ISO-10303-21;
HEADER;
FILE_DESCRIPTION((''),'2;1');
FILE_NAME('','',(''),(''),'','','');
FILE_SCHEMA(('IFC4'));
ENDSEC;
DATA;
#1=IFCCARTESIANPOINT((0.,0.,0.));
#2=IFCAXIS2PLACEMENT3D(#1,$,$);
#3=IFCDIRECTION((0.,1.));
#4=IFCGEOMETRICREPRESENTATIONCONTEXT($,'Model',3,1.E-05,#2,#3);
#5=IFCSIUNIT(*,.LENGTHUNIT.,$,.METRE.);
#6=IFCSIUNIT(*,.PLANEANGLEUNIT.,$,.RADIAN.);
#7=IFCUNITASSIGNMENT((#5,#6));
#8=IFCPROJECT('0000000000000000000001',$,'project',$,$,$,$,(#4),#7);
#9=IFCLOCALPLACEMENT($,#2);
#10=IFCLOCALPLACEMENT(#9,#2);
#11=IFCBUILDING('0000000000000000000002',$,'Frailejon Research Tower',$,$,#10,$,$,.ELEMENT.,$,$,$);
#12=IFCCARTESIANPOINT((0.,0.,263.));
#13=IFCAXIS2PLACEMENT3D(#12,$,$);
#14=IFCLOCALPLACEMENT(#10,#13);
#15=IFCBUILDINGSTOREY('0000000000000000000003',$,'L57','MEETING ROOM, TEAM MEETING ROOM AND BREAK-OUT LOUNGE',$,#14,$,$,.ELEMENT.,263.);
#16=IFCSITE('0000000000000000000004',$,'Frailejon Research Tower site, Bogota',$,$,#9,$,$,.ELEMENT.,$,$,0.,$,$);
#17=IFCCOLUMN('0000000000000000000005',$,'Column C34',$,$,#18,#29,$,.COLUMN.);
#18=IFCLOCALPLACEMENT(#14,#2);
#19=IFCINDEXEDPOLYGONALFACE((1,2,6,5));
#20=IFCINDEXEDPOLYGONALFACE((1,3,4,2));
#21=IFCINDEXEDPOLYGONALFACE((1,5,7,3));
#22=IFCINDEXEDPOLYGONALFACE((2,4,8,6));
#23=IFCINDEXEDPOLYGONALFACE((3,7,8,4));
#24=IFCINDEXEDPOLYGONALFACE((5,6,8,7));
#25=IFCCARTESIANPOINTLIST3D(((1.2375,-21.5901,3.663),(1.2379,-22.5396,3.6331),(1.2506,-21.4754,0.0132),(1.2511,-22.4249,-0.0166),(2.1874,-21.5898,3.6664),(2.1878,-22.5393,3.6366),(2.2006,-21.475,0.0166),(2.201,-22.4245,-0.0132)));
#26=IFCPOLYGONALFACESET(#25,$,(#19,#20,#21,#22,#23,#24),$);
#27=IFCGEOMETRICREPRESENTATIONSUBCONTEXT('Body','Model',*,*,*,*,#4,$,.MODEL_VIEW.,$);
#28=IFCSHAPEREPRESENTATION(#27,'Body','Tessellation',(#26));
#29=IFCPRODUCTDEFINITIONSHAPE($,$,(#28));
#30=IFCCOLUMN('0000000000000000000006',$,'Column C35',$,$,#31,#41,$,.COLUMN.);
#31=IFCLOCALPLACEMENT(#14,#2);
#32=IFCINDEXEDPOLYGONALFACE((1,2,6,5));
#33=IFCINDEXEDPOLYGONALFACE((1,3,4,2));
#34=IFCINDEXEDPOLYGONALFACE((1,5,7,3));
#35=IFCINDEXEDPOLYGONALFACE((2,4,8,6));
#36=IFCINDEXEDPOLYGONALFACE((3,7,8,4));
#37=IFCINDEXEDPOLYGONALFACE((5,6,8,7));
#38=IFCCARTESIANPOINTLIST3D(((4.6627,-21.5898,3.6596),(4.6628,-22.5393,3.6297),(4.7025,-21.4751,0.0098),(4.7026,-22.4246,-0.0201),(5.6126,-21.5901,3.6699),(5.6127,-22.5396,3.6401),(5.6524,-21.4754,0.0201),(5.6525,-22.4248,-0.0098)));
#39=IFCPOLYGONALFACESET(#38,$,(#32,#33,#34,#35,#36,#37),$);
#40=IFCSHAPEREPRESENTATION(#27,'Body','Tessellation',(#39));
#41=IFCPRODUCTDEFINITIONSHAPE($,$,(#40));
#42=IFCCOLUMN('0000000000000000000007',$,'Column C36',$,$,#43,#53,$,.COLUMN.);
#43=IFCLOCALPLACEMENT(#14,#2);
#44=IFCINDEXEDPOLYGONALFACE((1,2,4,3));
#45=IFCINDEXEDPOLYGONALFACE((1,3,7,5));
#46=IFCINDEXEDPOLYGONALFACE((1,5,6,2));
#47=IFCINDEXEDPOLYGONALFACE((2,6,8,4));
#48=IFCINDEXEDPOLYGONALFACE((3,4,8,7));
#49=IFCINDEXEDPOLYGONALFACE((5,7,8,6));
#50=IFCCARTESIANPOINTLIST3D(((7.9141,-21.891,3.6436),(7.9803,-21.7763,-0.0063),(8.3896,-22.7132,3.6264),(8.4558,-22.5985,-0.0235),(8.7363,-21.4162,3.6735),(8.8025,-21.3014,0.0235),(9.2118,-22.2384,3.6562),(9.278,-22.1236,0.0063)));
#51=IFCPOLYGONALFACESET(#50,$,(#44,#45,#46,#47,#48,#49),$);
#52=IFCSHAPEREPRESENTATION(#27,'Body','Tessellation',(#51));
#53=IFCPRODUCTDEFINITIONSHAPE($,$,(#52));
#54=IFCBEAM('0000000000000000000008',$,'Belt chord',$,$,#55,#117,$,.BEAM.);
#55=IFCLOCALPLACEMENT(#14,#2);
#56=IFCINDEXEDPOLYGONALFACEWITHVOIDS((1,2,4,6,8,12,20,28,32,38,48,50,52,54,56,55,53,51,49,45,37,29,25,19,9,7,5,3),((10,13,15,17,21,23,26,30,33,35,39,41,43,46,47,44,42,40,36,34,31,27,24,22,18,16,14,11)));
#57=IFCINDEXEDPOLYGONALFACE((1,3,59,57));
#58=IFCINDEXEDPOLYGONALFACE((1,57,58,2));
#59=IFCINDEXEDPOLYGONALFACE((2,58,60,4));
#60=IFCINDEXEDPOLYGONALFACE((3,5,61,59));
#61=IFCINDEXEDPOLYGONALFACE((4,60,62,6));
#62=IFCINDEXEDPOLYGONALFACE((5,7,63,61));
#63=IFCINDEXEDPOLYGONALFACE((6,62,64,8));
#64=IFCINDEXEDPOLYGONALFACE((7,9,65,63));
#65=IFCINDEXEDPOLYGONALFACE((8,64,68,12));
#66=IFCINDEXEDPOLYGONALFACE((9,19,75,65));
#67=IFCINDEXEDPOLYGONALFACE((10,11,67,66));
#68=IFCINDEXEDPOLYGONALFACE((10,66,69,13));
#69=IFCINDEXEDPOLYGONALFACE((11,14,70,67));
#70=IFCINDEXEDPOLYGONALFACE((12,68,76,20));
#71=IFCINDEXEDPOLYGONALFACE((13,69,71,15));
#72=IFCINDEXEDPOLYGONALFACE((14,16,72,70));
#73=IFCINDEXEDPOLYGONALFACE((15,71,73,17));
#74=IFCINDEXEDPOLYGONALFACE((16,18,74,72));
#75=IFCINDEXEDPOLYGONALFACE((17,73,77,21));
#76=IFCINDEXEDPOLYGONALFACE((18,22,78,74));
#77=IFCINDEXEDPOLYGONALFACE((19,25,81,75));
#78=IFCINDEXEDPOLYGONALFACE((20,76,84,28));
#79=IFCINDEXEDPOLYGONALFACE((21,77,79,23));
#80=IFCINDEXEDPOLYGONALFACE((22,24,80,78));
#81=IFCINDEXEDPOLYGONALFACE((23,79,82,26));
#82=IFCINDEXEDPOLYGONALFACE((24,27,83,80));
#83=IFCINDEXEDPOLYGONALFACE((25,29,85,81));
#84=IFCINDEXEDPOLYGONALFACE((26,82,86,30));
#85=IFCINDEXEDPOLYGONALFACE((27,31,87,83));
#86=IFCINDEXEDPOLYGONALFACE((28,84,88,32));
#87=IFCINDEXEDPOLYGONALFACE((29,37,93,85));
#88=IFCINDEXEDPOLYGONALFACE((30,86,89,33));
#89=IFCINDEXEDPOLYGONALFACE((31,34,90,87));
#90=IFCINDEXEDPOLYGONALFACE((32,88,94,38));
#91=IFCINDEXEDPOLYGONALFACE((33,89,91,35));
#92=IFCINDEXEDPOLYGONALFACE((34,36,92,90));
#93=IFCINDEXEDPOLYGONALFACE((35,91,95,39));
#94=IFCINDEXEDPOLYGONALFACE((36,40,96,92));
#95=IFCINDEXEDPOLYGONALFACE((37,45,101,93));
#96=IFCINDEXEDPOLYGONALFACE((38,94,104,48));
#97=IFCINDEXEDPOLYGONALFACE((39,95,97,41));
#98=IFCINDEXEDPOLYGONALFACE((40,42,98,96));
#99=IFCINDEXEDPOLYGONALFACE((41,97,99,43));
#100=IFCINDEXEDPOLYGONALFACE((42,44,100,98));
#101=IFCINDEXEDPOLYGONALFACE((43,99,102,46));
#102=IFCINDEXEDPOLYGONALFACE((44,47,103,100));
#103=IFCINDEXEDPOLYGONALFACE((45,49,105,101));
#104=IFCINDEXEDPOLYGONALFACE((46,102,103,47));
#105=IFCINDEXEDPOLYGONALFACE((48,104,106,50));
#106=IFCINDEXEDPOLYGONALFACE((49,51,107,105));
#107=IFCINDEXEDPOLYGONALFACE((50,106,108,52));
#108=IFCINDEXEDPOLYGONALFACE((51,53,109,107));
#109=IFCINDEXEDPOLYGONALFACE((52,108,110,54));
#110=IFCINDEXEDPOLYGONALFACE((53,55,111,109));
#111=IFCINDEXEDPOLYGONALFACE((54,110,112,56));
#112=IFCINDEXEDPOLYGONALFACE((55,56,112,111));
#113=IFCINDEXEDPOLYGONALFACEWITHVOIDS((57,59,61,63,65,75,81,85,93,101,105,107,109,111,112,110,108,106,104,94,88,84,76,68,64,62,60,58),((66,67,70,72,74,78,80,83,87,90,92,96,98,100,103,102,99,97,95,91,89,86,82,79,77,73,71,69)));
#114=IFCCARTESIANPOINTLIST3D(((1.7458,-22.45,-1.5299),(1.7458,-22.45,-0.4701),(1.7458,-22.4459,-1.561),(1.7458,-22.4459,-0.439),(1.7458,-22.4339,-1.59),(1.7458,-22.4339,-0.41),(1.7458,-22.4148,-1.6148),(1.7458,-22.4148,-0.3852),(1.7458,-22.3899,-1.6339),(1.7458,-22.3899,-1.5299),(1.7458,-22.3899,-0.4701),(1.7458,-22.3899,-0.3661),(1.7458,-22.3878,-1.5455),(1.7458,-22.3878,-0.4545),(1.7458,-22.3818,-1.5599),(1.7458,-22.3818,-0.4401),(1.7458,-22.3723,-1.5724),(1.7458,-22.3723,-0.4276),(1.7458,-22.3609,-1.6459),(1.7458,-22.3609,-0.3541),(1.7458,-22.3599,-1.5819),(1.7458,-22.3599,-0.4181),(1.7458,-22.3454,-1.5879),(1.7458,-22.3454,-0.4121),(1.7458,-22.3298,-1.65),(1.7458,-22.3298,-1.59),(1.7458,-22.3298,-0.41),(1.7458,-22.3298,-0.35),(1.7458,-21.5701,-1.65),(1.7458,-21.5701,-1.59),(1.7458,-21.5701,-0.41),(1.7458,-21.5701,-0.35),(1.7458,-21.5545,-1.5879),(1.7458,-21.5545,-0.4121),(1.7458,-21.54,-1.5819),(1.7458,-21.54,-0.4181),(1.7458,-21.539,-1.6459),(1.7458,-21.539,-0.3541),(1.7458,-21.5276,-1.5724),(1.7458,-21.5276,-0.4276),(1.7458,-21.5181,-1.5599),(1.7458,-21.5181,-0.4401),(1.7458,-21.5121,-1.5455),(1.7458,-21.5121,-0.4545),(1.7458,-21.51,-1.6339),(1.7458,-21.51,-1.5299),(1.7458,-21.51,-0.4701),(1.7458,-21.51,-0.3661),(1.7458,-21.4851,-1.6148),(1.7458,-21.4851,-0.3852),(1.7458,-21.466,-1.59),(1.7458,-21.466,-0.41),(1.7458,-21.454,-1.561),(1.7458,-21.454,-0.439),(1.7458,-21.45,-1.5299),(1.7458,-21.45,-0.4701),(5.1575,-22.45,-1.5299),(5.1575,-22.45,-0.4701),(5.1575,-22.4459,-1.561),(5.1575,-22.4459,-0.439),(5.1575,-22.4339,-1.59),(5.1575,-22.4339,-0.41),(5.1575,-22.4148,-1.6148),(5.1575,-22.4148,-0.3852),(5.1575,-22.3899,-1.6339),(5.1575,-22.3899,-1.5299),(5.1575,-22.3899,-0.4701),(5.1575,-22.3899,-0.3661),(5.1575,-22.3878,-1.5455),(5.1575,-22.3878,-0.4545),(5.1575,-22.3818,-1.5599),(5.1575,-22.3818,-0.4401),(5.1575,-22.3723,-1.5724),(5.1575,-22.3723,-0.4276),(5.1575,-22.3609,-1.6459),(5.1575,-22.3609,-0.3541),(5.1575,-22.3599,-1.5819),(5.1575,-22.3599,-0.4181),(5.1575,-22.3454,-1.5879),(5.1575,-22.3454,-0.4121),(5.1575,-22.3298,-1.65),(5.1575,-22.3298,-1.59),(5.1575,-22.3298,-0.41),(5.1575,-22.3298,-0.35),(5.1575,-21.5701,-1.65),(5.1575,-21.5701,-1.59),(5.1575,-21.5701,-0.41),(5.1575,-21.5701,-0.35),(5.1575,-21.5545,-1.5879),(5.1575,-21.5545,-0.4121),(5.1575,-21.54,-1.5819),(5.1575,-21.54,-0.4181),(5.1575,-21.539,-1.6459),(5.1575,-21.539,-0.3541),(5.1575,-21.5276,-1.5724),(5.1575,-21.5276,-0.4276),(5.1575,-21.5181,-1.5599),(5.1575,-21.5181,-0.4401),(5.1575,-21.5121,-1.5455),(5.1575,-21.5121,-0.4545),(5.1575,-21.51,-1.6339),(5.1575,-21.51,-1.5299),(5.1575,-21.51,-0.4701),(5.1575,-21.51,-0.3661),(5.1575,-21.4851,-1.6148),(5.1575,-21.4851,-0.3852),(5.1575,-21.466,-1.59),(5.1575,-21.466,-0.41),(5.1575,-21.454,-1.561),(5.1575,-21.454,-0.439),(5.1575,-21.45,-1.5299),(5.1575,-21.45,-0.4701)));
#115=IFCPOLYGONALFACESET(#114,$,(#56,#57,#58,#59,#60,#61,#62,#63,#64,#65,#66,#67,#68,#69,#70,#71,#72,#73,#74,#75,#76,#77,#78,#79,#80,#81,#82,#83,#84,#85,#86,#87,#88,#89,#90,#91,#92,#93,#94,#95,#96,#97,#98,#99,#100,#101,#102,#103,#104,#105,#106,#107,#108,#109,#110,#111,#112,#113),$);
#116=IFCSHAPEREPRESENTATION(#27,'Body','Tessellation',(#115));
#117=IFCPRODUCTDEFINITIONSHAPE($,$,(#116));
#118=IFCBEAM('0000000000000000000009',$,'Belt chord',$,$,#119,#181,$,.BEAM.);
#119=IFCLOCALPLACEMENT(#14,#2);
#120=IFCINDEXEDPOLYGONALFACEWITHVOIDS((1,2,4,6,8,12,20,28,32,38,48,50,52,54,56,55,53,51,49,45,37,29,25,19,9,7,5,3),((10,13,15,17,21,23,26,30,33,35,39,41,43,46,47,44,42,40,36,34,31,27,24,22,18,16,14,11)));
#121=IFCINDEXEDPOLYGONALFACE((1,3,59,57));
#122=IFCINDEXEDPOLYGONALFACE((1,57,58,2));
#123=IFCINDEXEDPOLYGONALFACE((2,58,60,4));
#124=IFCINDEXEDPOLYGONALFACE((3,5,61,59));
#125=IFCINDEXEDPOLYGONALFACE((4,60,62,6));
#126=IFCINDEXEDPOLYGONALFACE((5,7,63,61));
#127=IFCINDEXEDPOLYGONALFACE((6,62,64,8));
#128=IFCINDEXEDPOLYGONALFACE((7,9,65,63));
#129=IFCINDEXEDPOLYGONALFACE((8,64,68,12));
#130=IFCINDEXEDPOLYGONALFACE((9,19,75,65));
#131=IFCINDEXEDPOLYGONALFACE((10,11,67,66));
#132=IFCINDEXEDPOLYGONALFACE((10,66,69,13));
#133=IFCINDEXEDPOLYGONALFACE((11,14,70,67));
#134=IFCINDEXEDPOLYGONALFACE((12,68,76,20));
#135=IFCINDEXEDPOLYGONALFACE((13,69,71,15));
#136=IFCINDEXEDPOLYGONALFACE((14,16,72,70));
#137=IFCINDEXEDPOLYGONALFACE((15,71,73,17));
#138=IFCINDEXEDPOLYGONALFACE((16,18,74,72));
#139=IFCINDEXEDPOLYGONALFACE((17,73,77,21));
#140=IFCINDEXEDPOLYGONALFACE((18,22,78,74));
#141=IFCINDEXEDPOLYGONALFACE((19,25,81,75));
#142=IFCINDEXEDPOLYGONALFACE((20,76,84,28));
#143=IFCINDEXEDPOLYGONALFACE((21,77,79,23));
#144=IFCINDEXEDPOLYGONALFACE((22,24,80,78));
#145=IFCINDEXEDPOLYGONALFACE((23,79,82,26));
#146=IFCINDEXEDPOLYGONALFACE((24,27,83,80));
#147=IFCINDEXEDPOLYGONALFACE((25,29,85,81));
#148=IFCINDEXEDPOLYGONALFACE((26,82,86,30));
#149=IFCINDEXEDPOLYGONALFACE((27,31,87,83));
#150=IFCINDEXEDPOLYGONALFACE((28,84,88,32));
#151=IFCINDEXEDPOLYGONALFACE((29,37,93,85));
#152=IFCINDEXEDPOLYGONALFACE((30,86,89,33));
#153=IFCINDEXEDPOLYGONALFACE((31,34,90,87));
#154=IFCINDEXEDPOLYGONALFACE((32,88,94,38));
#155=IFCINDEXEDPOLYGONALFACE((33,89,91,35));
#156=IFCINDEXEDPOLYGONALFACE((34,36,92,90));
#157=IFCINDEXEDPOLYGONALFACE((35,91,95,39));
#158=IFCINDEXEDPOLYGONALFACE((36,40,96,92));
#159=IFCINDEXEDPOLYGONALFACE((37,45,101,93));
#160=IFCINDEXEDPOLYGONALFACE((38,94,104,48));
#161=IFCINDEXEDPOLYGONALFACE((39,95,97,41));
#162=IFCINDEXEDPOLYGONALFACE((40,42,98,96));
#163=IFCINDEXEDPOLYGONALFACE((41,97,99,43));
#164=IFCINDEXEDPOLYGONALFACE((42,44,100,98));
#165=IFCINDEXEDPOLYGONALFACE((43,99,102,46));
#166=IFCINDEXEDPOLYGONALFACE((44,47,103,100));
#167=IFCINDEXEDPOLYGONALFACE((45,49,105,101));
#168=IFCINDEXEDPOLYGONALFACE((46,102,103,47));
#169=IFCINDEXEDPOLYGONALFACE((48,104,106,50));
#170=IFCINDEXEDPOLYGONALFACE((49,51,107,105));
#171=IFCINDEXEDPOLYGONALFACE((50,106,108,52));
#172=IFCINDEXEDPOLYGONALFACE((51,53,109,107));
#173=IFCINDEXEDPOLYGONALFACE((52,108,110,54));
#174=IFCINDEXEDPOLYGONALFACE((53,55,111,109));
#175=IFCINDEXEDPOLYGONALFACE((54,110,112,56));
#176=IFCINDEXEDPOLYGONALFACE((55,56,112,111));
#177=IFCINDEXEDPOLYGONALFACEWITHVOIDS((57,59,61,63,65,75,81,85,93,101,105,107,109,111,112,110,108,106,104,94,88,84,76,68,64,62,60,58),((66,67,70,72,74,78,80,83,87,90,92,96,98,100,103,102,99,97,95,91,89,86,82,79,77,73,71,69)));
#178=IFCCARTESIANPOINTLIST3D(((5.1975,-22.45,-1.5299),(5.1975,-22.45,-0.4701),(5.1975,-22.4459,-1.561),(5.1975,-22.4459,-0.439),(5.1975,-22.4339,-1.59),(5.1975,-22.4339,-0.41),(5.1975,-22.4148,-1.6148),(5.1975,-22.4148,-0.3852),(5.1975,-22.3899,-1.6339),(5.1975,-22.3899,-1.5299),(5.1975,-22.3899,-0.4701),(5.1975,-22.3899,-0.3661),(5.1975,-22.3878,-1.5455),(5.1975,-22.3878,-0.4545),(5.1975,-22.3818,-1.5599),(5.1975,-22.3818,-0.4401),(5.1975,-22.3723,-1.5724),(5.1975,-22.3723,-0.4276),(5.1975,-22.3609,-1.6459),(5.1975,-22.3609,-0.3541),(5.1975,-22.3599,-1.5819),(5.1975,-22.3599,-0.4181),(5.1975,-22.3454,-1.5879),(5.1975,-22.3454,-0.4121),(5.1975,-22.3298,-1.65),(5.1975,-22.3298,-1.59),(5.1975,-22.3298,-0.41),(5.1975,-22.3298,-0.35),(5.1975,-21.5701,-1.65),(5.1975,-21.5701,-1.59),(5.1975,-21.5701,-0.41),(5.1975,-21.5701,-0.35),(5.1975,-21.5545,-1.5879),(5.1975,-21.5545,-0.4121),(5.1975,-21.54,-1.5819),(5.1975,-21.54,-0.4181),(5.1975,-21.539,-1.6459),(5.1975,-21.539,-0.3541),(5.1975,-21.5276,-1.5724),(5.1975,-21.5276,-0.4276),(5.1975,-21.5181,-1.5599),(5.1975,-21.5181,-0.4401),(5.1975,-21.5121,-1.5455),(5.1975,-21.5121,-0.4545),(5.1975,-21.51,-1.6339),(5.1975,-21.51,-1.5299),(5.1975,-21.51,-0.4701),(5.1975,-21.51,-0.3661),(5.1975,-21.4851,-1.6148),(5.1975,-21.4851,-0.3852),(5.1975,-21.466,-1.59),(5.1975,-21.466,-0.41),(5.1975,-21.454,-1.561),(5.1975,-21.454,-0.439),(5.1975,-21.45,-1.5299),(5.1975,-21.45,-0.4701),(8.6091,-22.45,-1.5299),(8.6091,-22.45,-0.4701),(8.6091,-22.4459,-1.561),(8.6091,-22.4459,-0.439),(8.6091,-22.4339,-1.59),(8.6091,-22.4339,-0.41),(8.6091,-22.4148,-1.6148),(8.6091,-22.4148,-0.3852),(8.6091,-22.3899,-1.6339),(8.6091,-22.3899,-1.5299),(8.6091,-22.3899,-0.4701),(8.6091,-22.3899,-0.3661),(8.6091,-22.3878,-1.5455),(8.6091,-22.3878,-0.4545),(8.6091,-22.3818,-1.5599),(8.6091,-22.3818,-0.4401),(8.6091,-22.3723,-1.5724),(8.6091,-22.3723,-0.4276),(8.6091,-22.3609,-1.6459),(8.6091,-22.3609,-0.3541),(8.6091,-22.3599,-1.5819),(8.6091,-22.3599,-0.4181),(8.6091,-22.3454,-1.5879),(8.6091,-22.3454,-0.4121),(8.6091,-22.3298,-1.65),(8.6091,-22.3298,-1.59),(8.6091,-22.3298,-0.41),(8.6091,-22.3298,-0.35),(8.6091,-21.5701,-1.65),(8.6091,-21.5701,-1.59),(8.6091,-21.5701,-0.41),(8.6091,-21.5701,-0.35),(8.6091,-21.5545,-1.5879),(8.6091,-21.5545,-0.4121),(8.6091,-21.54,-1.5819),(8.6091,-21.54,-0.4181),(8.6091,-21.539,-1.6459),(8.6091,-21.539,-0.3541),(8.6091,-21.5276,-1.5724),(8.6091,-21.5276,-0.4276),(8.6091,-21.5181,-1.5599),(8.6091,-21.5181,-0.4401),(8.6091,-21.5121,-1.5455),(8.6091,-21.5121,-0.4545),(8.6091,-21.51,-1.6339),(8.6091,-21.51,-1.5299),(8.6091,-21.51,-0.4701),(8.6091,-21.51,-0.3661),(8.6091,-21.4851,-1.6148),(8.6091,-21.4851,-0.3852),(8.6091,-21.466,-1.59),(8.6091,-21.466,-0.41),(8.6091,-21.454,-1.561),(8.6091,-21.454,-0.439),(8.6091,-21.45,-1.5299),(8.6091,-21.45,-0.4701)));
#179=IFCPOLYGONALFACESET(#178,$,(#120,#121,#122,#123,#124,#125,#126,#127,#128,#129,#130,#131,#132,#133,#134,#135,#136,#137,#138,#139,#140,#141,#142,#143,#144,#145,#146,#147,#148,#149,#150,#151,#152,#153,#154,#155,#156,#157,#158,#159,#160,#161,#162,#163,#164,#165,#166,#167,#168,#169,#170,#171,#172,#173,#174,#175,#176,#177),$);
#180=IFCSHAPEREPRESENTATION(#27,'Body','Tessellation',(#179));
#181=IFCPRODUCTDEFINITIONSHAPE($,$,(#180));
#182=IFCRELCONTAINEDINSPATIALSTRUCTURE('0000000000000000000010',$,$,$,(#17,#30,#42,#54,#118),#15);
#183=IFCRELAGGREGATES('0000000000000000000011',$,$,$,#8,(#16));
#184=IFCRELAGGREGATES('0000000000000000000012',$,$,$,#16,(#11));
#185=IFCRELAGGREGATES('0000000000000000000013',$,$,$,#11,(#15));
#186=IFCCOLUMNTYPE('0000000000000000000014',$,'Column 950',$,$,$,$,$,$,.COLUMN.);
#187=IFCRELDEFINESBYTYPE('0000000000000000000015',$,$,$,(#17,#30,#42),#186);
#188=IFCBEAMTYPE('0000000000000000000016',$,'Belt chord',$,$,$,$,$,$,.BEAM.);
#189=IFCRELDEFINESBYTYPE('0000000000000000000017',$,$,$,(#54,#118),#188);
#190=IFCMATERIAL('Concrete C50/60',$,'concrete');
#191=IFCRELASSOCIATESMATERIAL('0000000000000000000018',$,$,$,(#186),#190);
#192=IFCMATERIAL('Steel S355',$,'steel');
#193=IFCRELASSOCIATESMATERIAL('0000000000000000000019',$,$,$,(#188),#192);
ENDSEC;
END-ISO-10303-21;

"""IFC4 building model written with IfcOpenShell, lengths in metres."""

from ifc_helpers import new_model, si_unit, direction, frame, origin, origin_2d, place, context, subcontext, project, spatial, rectangle, hollow_rectangle, extrude, material, material_profile, profile_set, type_object, element, save


model = new_model("IFC4")

# Units and contexts
model_context = context("Model", 3, precision=1e-05, world=origin(), true_north=direction((0.0, 1.0)))
body_context = subcontext(model_context, "Body", "Model", "MODEL_VIEW")
ifc_project = project(units=[si_unit("LENGTHUNIT", "METRE"), si_unit("PLANEANGLEUNIT", "RADIAN")], contexts=[model_context])

# Site, building, storey
site_placement = place(None, origin())
site = spatial("IfcSite", under=ifc_project, at=site_placement, Name="Frailejon Research Tower site, Bogota", CompositionType="ELEMENT", RefElevation=0.0)
building_placement = place(site_placement, origin())
building = spatial("IfcBuilding", under=site, at=building_placement, Name="Frailejon Research Tower", CompositionType="ELEMENT")
storey_placement = place(building_placement, frame((0.0, 0.0, 263.0)))
storey = spatial("IfcBuildingStorey", under=building, at=storey_placement, Name="L57", Description="MEETING ROOM, TEAM MEETING ROOM AND BREAK-OUT LOUNGE", CompositionType="ELEMENT", Elevation=263.0)

# Columns
ifc_material_1 = material(Name="Concrete C50/60", Category="concrete")
ifc_material_profile_1 = material_profile(ifc_material_1, rectangle(XDim=0.95, YDim=0.95, at=origin_2d()), Name="Column 950")
ifc_profile_set_1 = profile_set([ifc_material_profile_1], Name="Concrete C50/60")
column_type = type_object("IfcColumnType", Name="Column 950", PredefinedType="COLUMN", material=ifc_profile_set_1)
column_1_placement = place(storey_placement, frame((1.7258, -21.95, 0.0), z_axis=(-0.00361, -0.031422, 0.9995), x_axis=(0.999993, 0.000341, 0.003623)))
element("IfcColumn", 1, at=column_1_placement, inside=storey, type_object=column_type, Name="Column C34", PredefinedType="COLUMN", context=body_context, shape_type="SweptSolid", body=[
    extrude(rectangle(XDim=0.95, YDim=0.95, at=origin_2d()), origin(), (0.0, 0.0, 1.0), 3.6516),
])
column_2_placement = place(storey_placement, frame((5.1775, -21.95, 0.0), z_axis=(-0.010897, -0.031421, 0.999447), x_axis=(0.999941, -0.000298, 0.010893)))
element("IfcColumn", 2, at=column_2_placement, inside=storey, type_object=column_type, Name="Column C35", PredefinedType="COLUMN", context=body_context, shape_type="SweptSolid", body=[
    extrude(rectangle(XDim=0.95, YDim=0.95, at=origin_2d()), origin(), (0.0, 0.0, 1.0), 3.6519),
])
column_3_placement = place(storey_placement, frame((8.6292, -21.95, 0.0), z_axis=(-0.018115, -0.031417, 0.999342), x_axis=(0.86552, 0.499889, 0.031405)))
element("IfcColumn", 3, at=column_3_placement, inside=storey, type_object=column_type, Name="Column C36", PredefinedType="COLUMN", context=body_context, shape_type="SweptSolid", body=[
    extrude(rectangle(XDim=0.95, YDim=0.95, at=origin_2d()), origin(), (0.0, 0.0, 1.0), 3.6523),
])

# Beams
ifc_material_2 = material(Name="Steel S355", Category="steel")
ifc_material_profile_2 = material_profile(ifc_material_2, hollow_rectangle(XDim=1.0, YDim=1.3, WallThickness=0.0601, InnerFilletRadius=0.0601, OuterFilletRadius=0.1201, at=origin_2d()), Name="Belt chord")
ifc_profile_set_2 = profile_set([ifc_material_profile_2], Name="Steel S355")
beam_type_1 = type_object("IfcBeamType", Name="Belt chord", PredefinedType="BEAM", material=ifc_profile_set_2)
for number, where, z_axis, x_axis, name in (
    (4, (1.7458, -21.95, -1.0), (1.0, 0.0, 0.0), (0.0, 1.0, 0.0), "Belt chord"),
    (5, (5.1975, -21.95, -1.0), (1.0, 0.0, 0.0), (0.0, 1.0, 0.0), "Belt chord"),
):
    element("IfcBeam", number, at=place(storey_placement, frame(where, z_axis=z_axis, x_axis=x_axis)), inside=storey, type_object=beam_type_1, Name=name, PredefinedType="BEAM", context=body_context, shape_type="SweptSolid", body=[
        extrude(hollow_rectangle(XDim=1.0, YDim=1.3, WallThickness=0.0601, InnerFilletRadius=0.0601, OuterFilletRadius=0.1201, at=origin_2d()), origin(), (0.0, 0.0, 1.0), 3.4116),
    ])

save(model, "model.ifc")
